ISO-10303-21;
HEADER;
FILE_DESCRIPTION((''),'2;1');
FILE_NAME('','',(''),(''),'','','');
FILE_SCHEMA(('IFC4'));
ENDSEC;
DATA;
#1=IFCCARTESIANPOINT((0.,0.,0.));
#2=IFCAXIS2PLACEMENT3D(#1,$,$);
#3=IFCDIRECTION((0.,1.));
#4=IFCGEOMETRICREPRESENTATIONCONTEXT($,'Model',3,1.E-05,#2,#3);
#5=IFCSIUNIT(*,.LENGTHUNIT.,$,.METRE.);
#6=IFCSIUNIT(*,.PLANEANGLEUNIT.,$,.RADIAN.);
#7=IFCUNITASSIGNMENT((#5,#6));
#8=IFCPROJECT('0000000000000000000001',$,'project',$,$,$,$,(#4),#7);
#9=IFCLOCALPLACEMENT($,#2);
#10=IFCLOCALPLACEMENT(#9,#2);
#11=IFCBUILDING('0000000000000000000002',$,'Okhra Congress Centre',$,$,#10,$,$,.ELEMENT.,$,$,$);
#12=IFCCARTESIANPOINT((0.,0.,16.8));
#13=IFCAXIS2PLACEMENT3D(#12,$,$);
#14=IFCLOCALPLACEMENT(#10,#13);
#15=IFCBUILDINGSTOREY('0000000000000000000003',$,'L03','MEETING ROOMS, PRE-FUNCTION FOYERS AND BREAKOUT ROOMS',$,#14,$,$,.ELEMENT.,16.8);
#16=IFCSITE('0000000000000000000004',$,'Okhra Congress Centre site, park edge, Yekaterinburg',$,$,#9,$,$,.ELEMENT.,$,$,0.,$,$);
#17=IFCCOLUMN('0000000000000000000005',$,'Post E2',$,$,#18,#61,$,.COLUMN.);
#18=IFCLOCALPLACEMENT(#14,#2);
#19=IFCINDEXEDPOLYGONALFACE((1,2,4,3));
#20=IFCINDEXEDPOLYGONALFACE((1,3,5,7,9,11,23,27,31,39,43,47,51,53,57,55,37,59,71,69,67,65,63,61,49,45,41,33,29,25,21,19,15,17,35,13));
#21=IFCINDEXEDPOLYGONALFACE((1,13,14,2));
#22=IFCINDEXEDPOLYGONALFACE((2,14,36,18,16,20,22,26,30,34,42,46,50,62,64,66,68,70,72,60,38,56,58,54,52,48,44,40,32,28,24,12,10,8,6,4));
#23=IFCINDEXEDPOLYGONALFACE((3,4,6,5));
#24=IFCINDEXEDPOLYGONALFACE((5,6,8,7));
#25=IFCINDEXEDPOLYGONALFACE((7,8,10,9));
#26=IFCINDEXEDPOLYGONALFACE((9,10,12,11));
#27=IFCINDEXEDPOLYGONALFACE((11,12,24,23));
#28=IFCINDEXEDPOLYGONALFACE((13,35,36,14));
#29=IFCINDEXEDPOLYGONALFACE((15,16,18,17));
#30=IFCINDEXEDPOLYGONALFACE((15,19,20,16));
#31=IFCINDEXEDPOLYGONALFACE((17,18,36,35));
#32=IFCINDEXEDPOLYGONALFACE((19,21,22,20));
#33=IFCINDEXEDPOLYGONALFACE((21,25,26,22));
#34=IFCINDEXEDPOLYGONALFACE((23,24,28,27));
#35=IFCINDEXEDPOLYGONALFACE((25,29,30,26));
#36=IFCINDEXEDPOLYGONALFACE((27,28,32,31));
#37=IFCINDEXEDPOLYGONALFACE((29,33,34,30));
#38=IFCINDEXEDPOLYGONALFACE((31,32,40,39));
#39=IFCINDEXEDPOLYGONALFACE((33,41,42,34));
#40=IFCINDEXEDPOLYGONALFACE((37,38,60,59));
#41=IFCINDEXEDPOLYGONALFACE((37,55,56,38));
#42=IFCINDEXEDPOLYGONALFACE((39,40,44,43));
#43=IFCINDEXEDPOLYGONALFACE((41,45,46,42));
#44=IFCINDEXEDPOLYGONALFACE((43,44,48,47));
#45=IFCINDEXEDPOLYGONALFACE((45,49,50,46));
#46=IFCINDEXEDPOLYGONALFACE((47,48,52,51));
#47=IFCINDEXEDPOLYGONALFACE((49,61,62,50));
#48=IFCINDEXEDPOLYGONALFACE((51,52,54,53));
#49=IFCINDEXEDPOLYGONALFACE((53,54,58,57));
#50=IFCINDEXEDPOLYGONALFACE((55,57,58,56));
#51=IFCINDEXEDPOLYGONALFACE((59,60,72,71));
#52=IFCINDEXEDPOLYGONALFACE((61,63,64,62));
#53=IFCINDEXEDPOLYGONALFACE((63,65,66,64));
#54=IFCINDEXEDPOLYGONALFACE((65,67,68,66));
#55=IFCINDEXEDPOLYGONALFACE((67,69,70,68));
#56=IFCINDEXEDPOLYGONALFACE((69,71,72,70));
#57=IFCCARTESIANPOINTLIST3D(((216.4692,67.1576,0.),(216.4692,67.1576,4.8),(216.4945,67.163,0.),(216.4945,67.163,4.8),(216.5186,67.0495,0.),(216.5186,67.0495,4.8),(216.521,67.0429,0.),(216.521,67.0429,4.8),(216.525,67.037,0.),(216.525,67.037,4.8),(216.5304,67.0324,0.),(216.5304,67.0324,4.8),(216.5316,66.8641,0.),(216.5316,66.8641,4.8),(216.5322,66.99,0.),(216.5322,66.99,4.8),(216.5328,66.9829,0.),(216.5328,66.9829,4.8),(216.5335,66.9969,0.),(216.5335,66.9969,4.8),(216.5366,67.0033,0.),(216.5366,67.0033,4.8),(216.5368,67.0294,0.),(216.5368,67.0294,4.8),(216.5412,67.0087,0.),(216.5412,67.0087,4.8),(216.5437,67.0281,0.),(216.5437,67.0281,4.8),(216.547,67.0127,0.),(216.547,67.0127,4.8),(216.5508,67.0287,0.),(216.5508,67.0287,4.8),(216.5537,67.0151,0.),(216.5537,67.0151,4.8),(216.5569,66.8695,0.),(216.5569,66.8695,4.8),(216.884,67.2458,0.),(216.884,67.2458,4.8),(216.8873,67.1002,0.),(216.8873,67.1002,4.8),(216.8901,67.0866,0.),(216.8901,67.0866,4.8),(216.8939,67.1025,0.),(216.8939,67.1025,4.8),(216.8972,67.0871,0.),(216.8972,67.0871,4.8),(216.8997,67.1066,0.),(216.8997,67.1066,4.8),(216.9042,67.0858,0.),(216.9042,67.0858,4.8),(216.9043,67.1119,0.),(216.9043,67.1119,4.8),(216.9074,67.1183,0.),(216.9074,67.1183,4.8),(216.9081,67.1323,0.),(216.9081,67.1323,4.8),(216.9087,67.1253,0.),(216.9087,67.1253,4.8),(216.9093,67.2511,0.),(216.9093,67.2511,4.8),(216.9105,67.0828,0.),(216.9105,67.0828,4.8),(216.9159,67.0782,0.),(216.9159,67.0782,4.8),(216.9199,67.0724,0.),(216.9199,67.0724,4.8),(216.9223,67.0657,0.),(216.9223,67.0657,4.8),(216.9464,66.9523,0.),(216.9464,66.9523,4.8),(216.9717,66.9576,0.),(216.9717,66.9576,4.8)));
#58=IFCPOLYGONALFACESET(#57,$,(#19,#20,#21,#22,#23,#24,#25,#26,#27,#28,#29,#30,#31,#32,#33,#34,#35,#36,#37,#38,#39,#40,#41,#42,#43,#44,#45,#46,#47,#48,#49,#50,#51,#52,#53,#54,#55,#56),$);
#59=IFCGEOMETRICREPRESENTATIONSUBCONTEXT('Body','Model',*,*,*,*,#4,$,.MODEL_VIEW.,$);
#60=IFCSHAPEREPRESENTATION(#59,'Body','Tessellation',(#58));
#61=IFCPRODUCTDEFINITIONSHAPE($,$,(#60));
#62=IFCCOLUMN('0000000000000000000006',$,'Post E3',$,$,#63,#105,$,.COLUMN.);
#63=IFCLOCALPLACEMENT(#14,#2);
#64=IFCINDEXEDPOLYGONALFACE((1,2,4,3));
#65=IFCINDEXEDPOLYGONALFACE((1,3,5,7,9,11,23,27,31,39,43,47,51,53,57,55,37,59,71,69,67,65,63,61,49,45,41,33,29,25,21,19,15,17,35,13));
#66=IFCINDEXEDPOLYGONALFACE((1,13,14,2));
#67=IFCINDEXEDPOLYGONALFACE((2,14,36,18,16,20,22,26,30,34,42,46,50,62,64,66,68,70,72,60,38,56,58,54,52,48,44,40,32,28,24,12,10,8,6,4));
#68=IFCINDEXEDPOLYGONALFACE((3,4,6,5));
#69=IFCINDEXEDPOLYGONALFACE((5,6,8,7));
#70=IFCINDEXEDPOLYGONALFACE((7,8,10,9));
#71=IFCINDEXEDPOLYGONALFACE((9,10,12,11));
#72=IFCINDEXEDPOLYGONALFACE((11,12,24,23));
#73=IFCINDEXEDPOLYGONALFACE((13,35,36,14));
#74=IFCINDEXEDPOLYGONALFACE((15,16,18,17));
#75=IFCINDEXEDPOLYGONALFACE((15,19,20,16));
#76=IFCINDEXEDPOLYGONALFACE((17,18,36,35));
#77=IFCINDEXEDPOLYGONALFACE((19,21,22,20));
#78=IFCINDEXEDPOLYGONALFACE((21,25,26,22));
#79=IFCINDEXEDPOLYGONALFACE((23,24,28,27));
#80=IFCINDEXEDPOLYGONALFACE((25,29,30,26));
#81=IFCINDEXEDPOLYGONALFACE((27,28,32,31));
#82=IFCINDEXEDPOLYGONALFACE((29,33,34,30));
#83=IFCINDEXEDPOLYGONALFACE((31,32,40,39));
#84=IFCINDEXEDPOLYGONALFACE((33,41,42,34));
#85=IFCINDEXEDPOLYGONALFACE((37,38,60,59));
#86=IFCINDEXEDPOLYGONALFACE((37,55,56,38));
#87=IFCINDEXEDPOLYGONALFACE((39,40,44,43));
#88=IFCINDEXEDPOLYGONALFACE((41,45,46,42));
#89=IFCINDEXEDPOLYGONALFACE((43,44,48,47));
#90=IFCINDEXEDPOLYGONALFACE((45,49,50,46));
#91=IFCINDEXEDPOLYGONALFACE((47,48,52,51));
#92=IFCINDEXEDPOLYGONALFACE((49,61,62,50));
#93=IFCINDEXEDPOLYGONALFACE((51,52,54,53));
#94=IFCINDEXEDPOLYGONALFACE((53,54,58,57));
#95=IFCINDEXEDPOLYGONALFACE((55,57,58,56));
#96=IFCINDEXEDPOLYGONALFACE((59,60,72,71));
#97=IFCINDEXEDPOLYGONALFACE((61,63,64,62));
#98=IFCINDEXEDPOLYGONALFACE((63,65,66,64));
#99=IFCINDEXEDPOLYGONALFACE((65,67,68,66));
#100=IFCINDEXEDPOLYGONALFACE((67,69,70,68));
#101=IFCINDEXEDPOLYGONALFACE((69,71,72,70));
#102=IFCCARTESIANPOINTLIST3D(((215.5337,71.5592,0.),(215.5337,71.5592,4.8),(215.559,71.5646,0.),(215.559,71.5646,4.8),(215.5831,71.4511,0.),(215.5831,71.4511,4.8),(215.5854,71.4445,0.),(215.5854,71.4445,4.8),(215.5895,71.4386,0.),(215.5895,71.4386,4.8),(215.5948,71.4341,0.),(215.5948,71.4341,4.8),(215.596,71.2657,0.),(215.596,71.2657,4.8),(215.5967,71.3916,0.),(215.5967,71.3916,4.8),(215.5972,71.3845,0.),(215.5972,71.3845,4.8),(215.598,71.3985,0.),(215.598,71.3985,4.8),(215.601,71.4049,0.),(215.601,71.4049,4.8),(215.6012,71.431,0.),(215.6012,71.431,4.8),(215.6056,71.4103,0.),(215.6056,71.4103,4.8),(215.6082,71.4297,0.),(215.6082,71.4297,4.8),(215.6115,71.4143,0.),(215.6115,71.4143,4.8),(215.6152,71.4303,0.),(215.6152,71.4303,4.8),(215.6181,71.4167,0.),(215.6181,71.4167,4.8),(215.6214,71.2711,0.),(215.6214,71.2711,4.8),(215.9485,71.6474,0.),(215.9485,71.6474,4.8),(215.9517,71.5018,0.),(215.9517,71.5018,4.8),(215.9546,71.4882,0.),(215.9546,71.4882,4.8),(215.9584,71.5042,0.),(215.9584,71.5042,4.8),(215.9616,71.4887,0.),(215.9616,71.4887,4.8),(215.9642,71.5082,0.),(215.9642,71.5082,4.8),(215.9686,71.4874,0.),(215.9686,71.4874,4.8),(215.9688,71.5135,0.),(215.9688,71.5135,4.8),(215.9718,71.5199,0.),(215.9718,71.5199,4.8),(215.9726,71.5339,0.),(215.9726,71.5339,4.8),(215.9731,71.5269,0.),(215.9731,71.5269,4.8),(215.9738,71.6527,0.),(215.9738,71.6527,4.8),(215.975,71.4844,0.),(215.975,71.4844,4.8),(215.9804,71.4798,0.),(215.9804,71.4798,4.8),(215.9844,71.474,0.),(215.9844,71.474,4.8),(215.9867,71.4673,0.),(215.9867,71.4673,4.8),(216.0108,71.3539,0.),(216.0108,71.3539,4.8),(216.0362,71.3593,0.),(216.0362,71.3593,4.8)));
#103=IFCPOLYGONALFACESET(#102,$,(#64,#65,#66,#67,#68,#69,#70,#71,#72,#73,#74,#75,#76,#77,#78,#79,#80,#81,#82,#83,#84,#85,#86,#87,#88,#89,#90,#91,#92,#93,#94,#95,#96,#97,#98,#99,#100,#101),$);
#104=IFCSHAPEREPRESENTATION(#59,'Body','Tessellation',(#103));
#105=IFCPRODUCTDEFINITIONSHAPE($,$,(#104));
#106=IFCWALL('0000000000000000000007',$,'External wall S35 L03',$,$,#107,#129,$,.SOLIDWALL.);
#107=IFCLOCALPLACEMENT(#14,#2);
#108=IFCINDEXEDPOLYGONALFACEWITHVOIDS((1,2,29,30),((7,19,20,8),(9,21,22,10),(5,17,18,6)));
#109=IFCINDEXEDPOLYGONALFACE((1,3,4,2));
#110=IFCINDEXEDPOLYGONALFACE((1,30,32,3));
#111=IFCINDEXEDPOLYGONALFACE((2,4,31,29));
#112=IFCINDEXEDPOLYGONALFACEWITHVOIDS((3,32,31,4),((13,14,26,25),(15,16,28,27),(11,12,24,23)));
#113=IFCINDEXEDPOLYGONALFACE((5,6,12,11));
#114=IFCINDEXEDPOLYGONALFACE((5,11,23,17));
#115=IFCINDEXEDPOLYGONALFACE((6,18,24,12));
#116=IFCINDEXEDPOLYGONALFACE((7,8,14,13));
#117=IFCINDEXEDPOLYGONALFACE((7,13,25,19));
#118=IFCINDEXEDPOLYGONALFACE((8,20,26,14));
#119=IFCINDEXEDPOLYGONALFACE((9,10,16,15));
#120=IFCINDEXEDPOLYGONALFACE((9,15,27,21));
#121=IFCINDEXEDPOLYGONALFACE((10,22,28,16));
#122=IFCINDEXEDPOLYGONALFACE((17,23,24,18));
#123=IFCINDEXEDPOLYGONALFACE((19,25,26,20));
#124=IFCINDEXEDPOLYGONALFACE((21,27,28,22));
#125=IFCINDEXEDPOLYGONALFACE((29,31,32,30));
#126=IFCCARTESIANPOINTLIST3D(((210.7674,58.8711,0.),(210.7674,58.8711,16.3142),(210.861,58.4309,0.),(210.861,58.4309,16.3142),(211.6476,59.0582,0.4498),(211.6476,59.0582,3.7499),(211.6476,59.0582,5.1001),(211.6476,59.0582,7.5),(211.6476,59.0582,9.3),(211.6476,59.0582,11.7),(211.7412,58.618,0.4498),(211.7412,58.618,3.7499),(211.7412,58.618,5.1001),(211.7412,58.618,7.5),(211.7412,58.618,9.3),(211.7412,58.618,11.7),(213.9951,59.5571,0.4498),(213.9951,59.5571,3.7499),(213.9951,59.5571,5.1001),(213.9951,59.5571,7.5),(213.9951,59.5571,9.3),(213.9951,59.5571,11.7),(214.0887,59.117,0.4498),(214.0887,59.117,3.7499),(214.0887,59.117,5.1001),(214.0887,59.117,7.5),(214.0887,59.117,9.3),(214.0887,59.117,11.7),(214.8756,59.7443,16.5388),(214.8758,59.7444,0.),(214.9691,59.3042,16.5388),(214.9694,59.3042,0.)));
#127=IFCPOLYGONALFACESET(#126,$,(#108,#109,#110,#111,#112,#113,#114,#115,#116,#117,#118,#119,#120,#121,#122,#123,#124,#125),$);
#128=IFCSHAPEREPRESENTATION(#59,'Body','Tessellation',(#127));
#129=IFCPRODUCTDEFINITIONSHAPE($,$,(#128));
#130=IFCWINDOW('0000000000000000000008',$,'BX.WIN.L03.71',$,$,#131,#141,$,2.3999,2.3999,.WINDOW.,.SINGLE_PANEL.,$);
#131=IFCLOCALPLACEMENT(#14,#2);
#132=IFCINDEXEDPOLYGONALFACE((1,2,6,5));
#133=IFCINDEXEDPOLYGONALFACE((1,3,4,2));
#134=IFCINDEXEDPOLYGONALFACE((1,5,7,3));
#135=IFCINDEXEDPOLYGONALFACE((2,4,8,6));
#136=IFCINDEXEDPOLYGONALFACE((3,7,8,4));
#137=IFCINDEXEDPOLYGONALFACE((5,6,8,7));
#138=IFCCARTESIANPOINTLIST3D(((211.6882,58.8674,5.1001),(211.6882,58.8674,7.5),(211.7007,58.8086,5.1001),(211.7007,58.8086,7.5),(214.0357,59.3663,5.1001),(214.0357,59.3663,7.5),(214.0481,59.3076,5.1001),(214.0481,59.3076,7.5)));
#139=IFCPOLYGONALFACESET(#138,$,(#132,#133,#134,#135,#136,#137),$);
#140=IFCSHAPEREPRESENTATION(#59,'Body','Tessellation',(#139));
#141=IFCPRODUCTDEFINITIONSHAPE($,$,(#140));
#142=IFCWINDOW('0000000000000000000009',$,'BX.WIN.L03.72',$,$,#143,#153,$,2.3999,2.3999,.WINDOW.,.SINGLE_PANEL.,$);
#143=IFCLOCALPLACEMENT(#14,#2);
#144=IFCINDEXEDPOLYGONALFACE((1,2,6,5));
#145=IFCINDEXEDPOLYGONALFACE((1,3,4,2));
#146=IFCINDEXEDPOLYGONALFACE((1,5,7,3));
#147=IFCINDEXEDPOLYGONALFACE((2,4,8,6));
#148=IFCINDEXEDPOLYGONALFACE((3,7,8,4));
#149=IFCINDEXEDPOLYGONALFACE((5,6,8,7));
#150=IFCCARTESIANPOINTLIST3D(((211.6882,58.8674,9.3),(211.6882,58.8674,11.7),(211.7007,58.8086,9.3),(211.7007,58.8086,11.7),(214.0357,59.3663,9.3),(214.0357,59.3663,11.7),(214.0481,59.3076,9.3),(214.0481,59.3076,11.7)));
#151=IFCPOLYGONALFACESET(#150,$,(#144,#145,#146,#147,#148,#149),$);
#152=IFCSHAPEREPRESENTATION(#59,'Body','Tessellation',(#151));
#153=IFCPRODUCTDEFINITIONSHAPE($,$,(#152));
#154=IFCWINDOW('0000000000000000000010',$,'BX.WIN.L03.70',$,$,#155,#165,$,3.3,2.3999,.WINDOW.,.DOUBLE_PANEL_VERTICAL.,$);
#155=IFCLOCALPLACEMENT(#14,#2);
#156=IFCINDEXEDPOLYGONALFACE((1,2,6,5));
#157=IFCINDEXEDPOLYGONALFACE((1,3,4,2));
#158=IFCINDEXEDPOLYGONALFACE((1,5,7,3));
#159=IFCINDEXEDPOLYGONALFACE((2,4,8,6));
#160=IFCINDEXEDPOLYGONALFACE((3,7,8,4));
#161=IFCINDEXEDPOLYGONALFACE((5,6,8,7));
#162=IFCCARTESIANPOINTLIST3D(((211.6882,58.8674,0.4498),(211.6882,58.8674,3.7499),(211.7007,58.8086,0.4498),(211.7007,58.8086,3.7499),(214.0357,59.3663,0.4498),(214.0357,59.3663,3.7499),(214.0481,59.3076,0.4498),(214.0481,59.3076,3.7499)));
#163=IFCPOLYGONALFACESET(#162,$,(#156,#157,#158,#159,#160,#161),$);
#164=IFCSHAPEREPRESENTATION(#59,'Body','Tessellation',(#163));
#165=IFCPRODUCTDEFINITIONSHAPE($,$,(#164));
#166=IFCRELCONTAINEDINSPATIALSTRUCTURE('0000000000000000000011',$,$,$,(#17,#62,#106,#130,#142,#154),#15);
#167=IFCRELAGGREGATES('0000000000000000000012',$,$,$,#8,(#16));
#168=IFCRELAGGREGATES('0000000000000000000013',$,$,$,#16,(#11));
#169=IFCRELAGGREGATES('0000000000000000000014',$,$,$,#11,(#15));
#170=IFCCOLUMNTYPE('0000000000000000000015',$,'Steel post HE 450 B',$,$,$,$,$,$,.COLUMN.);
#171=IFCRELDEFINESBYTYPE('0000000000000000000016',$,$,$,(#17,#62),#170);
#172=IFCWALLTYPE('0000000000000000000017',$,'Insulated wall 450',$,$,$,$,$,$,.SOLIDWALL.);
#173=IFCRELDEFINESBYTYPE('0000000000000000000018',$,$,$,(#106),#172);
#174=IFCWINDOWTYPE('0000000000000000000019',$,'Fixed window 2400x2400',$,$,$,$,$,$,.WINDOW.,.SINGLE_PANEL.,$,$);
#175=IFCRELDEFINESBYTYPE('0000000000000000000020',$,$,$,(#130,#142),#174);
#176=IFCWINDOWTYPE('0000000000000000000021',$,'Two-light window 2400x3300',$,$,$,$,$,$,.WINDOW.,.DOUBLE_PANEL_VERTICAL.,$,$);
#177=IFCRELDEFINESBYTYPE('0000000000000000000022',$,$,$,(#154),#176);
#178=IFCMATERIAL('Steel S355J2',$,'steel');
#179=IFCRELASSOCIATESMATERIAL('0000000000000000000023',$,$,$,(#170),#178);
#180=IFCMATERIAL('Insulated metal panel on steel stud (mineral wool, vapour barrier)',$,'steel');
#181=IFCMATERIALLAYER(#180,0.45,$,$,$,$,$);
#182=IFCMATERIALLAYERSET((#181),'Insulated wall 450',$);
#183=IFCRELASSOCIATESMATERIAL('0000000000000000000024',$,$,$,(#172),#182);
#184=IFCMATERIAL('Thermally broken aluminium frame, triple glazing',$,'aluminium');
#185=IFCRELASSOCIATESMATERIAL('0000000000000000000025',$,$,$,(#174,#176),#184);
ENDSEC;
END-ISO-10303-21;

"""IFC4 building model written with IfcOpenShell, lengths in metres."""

from ifc_helpers import new_model, si_unit, direction, frame, frame_2d, origin, origin_2d, place, context, subcontext, project, spatial, polyline, rectangle, i_section, outline, extrude, material, layer, layer_set, material_profile, profile_set, type_object, element, fill, save


model = new_model("IFC4")

# Units and contexts
model_context = context("Model", 3, precision=1e-05, world=origin(), true_north=direction((0.0, 1.0)))
body_context = subcontext(model_context, "Body", "Model", "MODEL_VIEW")
ifc_project = project(units=[si_unit("LENGTHUNIT", "METRE"), si_unit("PLANEANGLEUNIT", "RADIAN")], contexts=[model_context])

# Site, building, storey
site_placement = place(None, origin())
site = spatial("IfcSite", under=ifc_project, at=site_placement, Name="Okhra Congress Centre site, park edge, Yekaterinburg", CompositionType="ELEMENT", RefElevation=0.0)
building_placement = place(site_placement, origin())
building = spatial("IfcBuilding", under=site, at=building_placement, Name="Okhra Congress Centre", CompositionType="ELEMENT")
storey_placement = place(building_placement, frame((0.0, 0.0, 16.8)))
storey = spatial("IfcBuildingStorey", under=building, at=storey_placement, Name="L03", Description="MEETING ROOMS, PRE-FUNCTION FOYERS AND BREAKOUT ROOMS", CompositionType="ELEMENT", Elevation=16.8)

# Columns
ifc_material_1 = material(Name="Steel S355J2", Category="steel")
ifc_material_profile = material_profile(ifc_material_1, i_section(OverallWidth=0.3, OverallDepth=0.45, WebThickness=0.0139, FlangeThickness=0.0259, FilletRadius=0.0271, at=origin_2d()), Name="HE 450 B")
ifc_profile_set = profile_set([ifc_material_profile], Name="Steel S355J2")
column_type = type_object("IfcColumnType", Name="Steel post HE 450 B", PredefinedType="COLUMN", material=ifc_profile_set)
for number, where, z_axis, x_axis, name in (
    (1, (216.7205, 67.0576, 0.0), (0.0, 0.0, 1.0), (-0.207912, 0.978148, 0.0), "Post E2"),
    (2, (215.7849, 71.4592, 0.0), (0.0, 0.0, 1.0), (-0.207912, 0.978148, 0.0), "Post E3"),
):
    element("IfcColumn", number, at=place(storey_placement, frame(where, z_axis=z_axis, x_axis=x_axis)), inside=storey, type_object=column_type, Name=name, PredefinedType="COLUMN", context=body_context, shape_type="SweptSolid", body=[
        extrude(i_section(OverallWidth=0.3, OverallDepth=0.45, WebThickness=0.0139, FlangeThickness=0.0259, FilletRadius=0.0271, at=origin_2d()), origin(), (0.0, 0.0, 1.0), 4.8),
    ])

# Wall, openings, windows
ifc_material_2 = material(Name="Insulated metal panel on steel stud (mineral wool, vapour barrier)", Category="steel")
ifc_layer_1 = layer(ifc_material_2, 0.45)
ifc_layer_set_1 = layer_set([ifc_layer_1], Name="Insulated wall 450")
wall_type_1 = type_object("IfcWallType", Name="Insulated wall 450", PredefinedType="SOLIDWALL", material=ifc_layer_set_1)
wall_1_placement = place(storey_placement, frame((210.8142, 58.6509, 0.0), z_axis=(0.0, 0.0, 1.0), x_axis=(0.978146, 0.207917, 0.0)))
wall_1 = element("IfcWall", 3, at=wall_1_placement, inside=storey, type_object=wall_type_1, Name="External wall S35 L03", PredefinedType="SOLIDWALL", context=body_context, shape_type="SweptSolid", body=[
    extrude(outline(polyline([(0.0, 0.0), (4.2002, 0.0), (4.2, 16.5388), (0.0, 16.3142), (0.0, 0.0)])), frame((0.0, 0.2251, 0.0), z_axis=(0.0, -1.0, 0.0), x_axis=(1.0, 0.0, 0.0)), (0.0, 0.0, 1.0), 0.45),
])
opening_1_placement = place(wall_1_placement, frame((0.8999, 0.0, 0.45)))
opening_1 = element("IfcOpeningElement", 4, at=opening_1_placement, cuts=wall_1, PredefinedType="OPENING", context=body_context, shape_type="SweptSolid", body=[
    extrude(rectangle(XDim=2.3999, YDim=3.3, at=frame_2d((1.2, 1.6499))), frame((0.0, 0.2349, 0.0), z_axis=(0.0, -1.0, 0.0), x_axis=(1.0, 0.0, 0.0)), (0.0, 0.0, 1.0), 0.47),
])
opening_2_placement = place(wall_1_placement, frame((0.8999, 0.0, 5.1001)))
opening_2 = element("IfcOpeningElement", 5, at=opening_2_placement, cuts=wall_1, PredefinedType="OPENING", context=body_context, shape_type="SweptSolid", body=[
    extrude(rectangle(XDim=2.3999, YDim=2.3999, at=frame_2d((1.2, 1.2))), frame((0.0, 0.2349, 0.0), z_axis=(0.0, -1.0, 0.0), x_axis=(1.0, 0.0, 0.0)), (0.0, 0.0, 1.0), 0.47),
])
opening_3_placement = place(wall_1_placement, frame((0.8999, 0.0, 9.3)))
opening_3 = element("IfcOpeningElement", 6, at=opening_3_placement, cuts=wall_1, PredefinedType="OPENING", context=body_context, shape_type="SweptSolid", body=[
    extrude(rectangle(XDim=2.3999, YDim=2.3999, at=frame_2d((1.2, 1.2))), frame((0.0, 0.2349, 0.0), z_axis=(0.0, -1.0, 0.0), x_axis=(1.0, 0.0, 0.0)), (0.0, 0.0, 1.0), 0.47),
])
ifc_material_3 = material(Name="Thermally broken aluminium frame, triple glazing", Category="aluminium")
window_type_1 = type_object("IfcWindowType", Name="Fixed window 2400x2400", PartitioningType="SINGLE_PANEL", PredefinedType="WINDOW", material=ifc_material_3)
window_1_placement = place(opening_2_placement, origin())
window_1 = element("IfcWindow", 7, at=window_1_placement, inside=storey, type_object=window_type_1, Name="BX.WIN.L03.71", OverallHeight=2.3999, OverallWidth=2.3999, PartitioningType="SINGLE_PANEL", PredefinedType="WINDOW", context=body_context, shape_type="SweptSolid", body=[
    extrude(rectangle(XDim=2.3999, YDim=2.3999, at=frame_2d((1.2, 1.2))), frame((0.0, 0.03, 0.0), z_axis=(0.0, -1.0, 0.0), x_axis=(1.0, 0.0, 0.0)), (0.0, 0.0, 1.0), 0.0601),
])
fill(opening_2, window_1)
window_2_placement = place(opening_3_placement, origin())
window_2 = element("IfcWindow", 8, at=window_2_placement, inside=storey, type_object=window_type_1, Name="BX.WIN.L03.72", OverallHeight=2.3999, OverallWidth=2.3999, PartitioningType="SINGLE_PANEL", PredefinedType="WINDOW", context=body_context, shape_type="SweptSolid", body=[
    extrude(rectangle(XDim=2.3999, YDim=2.3999, at=frame_2d((1.2, 1.2))), frame((0.0, 0.03, 0.0), z_axis=(0.0, -1.0, 0.0), x_axis=(1.0, 0.0, 0.0)), (0.0, 0.0, 1.0), 0.0601),
])
fill(opening_3, window_2)
window_type_2 = type_object("IfcWindowType", Name="Two-light window 2400x3300", PartitioningType="DOUBLE_PANEL_VERTICAL", PredefinedType="WINDOW", material=ifc_material_3)
window_3_placement = place(opening_1_placement, origin())
window_3 = element("IfcWindow", 9, at=window_3_placement, inside=storey, type_object=window_type_2, Name="BX.WIN.L03.70", OverallHeight=3.3, OverallWidth=2.3999, PartitioningType="DOUBLE_PANEL_VERTICAL", PredefinedType="WINDOW", context=body_context, shape_type="SweptSolid", body=[
    extrude(rectangle(XDim=2.3999, YDim=3.3, at=frame_2d((1.2, 1.6499))), frame((0.0, 0.03, 0.0), z_axis=(0.0, -1.0, 0.0), x_axis=(1.0, 0.0, 0.0)), (0.0, 0.0, 1.0), 0.0601),
])
fill(opening_1, window_3)

save(model, "model.ifc")
